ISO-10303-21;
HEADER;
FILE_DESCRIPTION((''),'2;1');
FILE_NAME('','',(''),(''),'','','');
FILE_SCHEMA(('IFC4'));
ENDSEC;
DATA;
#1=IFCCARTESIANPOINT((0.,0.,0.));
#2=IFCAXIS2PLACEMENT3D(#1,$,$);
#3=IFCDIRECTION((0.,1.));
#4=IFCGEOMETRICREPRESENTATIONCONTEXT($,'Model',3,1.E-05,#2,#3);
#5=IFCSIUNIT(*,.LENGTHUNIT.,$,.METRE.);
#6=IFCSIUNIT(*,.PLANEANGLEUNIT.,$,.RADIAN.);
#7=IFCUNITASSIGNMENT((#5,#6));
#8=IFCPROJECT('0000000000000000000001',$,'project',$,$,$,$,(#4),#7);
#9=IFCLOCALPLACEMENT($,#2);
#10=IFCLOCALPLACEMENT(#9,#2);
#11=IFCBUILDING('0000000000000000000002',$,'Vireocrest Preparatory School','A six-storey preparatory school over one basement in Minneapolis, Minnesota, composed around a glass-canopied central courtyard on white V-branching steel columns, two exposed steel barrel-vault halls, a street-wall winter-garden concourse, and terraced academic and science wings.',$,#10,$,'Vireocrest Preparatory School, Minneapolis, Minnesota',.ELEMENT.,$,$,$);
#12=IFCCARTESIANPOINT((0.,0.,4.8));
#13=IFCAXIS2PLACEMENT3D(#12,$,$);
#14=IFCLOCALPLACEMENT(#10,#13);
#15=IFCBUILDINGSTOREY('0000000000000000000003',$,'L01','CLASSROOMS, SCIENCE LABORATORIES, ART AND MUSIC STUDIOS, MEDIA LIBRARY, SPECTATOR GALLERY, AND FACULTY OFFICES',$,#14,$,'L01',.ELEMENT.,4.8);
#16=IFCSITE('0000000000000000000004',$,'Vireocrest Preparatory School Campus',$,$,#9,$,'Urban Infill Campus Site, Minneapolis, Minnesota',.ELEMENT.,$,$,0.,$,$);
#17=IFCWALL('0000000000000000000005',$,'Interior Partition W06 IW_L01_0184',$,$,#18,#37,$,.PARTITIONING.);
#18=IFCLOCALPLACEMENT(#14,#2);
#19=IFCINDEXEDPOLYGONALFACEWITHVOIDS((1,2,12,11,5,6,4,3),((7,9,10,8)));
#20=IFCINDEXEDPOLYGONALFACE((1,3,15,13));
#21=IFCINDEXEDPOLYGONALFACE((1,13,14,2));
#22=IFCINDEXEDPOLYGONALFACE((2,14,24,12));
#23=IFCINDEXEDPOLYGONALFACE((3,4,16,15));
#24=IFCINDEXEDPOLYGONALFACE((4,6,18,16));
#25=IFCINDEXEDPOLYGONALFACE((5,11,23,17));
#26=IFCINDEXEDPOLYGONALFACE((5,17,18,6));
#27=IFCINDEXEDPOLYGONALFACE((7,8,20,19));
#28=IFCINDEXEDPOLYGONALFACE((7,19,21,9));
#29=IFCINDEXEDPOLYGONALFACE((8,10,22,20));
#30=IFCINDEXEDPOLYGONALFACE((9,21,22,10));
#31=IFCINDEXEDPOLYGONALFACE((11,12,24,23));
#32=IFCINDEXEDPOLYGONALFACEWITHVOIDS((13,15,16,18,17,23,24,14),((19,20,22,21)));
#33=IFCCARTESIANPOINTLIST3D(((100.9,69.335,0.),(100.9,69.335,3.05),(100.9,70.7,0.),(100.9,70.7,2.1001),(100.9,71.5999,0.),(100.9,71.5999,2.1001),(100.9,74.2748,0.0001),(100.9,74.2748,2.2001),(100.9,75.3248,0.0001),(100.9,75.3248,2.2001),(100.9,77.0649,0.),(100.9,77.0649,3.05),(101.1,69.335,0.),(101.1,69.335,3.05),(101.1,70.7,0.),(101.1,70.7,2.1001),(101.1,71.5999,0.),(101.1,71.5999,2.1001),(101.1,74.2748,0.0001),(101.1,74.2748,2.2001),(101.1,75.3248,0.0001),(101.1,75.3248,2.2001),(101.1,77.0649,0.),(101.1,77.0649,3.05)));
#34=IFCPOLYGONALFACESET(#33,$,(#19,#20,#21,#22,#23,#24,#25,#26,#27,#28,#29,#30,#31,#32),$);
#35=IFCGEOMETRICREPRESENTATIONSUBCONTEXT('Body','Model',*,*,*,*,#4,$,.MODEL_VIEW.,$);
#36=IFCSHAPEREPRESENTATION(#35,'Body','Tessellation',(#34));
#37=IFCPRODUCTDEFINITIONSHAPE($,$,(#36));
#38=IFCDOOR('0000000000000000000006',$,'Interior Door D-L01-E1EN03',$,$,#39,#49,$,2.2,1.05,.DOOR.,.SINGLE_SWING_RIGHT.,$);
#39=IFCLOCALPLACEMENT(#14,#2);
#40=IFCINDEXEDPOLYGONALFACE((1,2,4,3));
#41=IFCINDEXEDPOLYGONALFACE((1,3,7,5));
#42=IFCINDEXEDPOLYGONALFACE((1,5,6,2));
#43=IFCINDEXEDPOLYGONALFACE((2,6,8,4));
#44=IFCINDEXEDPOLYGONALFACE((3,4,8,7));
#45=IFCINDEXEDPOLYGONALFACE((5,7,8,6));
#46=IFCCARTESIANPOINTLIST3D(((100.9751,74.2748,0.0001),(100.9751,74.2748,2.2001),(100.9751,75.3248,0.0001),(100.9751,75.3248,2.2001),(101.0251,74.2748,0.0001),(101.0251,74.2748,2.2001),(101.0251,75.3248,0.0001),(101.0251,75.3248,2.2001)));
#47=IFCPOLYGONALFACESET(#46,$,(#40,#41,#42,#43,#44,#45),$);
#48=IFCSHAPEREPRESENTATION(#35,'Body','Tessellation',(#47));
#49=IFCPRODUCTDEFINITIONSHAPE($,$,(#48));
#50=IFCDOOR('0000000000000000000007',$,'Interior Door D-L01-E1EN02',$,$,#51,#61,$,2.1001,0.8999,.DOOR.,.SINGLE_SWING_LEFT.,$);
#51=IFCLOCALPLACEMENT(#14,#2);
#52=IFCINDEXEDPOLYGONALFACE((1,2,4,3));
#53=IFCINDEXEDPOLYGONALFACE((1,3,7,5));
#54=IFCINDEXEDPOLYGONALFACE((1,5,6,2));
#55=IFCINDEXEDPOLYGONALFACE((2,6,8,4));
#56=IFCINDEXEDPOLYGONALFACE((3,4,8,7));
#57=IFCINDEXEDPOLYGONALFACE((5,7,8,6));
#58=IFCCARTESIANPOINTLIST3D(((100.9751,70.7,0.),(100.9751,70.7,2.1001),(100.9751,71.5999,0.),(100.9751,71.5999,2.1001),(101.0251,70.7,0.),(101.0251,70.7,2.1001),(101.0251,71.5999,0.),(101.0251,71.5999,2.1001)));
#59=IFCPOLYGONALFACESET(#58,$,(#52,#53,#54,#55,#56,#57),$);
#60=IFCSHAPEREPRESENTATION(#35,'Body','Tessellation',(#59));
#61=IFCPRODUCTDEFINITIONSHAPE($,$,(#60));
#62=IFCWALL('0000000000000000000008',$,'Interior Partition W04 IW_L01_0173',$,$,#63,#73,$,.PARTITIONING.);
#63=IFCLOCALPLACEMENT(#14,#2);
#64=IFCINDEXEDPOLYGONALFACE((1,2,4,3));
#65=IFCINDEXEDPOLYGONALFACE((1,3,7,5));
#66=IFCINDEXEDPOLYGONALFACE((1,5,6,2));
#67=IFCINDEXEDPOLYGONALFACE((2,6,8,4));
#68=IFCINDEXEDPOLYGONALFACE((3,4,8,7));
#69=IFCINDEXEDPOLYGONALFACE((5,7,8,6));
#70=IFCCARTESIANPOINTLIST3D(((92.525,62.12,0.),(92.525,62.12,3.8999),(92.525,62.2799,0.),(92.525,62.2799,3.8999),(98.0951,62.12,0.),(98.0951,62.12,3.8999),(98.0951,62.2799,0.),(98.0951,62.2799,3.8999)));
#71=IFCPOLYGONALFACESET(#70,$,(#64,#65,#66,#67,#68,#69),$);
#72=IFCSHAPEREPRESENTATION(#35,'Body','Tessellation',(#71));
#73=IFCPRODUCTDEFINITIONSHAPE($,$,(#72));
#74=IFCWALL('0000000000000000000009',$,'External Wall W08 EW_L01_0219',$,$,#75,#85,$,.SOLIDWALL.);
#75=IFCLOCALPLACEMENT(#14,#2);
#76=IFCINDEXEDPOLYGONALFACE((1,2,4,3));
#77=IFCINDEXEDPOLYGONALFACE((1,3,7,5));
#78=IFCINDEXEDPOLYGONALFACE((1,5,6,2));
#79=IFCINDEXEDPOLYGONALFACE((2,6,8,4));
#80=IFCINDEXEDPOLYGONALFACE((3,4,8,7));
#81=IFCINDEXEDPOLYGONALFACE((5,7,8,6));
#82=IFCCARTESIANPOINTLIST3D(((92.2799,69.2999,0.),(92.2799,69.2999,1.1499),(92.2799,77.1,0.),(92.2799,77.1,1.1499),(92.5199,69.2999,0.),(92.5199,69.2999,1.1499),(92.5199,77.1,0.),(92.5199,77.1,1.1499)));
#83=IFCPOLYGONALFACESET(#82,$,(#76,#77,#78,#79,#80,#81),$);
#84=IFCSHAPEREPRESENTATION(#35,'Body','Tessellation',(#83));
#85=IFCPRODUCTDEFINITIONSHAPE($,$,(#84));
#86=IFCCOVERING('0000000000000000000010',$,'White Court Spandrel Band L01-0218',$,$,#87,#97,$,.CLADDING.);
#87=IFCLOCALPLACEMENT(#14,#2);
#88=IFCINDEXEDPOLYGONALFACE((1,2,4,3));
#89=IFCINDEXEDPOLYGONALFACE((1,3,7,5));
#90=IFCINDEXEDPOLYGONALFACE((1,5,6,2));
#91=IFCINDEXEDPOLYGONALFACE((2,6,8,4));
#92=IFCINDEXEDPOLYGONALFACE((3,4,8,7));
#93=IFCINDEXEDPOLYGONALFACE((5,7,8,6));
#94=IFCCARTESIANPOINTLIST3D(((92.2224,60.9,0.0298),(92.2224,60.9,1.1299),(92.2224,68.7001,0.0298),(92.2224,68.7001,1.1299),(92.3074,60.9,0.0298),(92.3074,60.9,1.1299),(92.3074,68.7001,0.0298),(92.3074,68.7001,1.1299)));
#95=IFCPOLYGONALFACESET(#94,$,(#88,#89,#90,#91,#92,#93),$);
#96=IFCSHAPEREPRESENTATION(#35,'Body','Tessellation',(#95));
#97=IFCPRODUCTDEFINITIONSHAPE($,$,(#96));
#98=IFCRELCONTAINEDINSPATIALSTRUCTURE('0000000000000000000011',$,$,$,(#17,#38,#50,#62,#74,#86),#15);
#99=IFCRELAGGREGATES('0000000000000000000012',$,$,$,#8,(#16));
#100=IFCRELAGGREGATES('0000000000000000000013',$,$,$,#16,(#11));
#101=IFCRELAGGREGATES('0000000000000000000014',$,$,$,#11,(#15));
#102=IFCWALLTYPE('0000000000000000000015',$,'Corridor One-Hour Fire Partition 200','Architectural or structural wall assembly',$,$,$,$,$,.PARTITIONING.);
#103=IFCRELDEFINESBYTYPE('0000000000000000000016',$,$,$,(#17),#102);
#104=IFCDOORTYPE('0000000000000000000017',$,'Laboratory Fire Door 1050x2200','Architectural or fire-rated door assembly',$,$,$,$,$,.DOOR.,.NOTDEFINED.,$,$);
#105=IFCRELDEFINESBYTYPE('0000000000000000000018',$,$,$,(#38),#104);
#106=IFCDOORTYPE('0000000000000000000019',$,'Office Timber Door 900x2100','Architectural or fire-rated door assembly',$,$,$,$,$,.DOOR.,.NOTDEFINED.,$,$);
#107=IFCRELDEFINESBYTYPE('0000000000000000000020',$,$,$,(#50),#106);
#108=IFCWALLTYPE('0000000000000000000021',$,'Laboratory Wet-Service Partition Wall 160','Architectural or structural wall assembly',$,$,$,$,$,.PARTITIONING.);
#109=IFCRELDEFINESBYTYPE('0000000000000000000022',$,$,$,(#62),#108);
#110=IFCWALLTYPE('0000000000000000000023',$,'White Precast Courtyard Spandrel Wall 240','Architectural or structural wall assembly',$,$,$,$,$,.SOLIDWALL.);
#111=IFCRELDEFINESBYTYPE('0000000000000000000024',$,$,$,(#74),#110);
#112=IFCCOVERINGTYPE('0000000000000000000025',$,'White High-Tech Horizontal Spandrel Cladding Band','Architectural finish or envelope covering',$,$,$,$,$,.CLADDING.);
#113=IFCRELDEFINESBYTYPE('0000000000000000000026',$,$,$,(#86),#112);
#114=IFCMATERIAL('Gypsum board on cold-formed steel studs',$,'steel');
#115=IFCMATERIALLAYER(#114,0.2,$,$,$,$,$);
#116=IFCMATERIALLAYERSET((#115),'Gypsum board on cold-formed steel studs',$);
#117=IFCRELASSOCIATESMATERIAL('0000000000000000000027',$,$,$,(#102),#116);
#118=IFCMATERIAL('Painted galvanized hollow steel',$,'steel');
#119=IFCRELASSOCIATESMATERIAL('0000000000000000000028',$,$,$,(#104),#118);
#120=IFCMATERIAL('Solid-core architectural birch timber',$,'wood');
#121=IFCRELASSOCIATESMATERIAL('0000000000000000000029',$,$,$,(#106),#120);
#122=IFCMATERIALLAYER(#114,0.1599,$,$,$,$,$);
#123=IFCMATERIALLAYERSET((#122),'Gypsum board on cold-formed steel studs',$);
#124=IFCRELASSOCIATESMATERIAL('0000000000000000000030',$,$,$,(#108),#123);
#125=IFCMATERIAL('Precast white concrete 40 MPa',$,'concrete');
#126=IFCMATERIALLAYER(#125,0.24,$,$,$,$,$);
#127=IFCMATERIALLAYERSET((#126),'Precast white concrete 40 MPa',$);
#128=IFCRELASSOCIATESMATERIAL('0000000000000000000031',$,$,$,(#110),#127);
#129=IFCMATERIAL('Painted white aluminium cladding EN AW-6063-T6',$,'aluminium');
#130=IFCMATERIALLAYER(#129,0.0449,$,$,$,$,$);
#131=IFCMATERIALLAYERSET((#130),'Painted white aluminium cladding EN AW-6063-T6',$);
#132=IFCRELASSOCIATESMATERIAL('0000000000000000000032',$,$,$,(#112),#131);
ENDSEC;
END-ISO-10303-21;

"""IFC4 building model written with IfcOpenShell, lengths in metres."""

from ifc_helpers import new_model, si_unit, direction, frame, frame_2d, origin, origin_2d, place, context, subcontext, project, spatial, rectangle, extrude, material, layer, layer_set, type_object, element, fill, save


model = new_model("IFC4")

# Units and contexts
model_context = context("Model", 3, precision=1e-05, world=origin(), true_north=direction((0.0, 1.0)))
body_context = subcontext(model_context, "Body", "Model", "MODEL_VIEW")
ifc_project = project(units=[si_unit("LENGTHUNIT", "METRE"), si_unit("PLANEANGLEUNIT", "RADIAN")], contexts=[model_context])

# Site, building, storey
site_placement = place(None, origin())
site = spatial("IfcSite", under=ifc_project, at=site_placement, Name="Vireocrest Preparatory School Campus", LongName="Urban Infill Campus Site, Minneapolis, Minnesota", CompositionType="ELEMENT", RefElevation=0.0)
building_placement = place(site_placement, origin())
building = spatial("IfcBuilding", under=site, at=building_placement, Name="Vireocrest Preparatory School", Description="A six-storey preparatory school over one basement in Minneapolis, Minnesota, composed around a glass-canopied central courtyard on white V-branching steel columns, two exposed steel barrel-vault halls, a street-wall winter-garden concourse, and terraced academic and science wings.", LongName="Vireocrest Preparatory School, Minneapolis, Minnesota", CompositionType="ELEMENT")
storey_placement = place(building_placement, frame((0.0, 0.0, 4.8)))
storey = spatial("IfcBuildingStorey", under=building, at=storey_placement, Name="L01", Description="CLASSROOMS, SCIENCE LABORATORIES, ART AND MUSIC STUDIOS, MEDIA LIBRARY, SPECTATOR GALLERY, AND FACULTY OFFICES", LongName="L01", CompositionType="ELEMENT", Elevation=4.8)

# Shared definitions
ifc_material_1 = material(Name="Gypsum board on cold-formed steel studs", Category="steel")

# Wall, openings, doors
ifc_layer_1 = layer(ifc_material_1, 0.2)
ifc_layer_set_1 = layer_set([ifc_layer_1], Name="Gypsum board on cold-formed steel studs")
wall_type_1 = type_object("IfcWallType", Name="Corridor One-Hour Fire Partition 200", Description="Architectural or structural wall assembly", PredefinedType="PARTITIONING", material=ifc_layer_set_1)
wall_1_placement = place(storey_placement, frame((101.0, 69.335, 0.0), z_axis=(0.0, 0.0, 1.0), x_axis=(0.0, 1.0, 0.0)))
wall_1 = element("IfcWall", 1, at=wall_1_placement, inside=storey, type_object=wall_type_1, Name="Interior Partition W06 IW_L01_0184", PredefinedType="PARTITIONING", context=body_context, shape_type="SweptSolid", body=[
    extrude(rectangle(XDim=7.73, YDim=0.2, at=frame_2d((3.865, 0.0))), origin(), (0.0, 0.0, 1.0), 3.05),
])
opening_1_placement = place(wall_1_placement, frame((1.365, 0.0, 0.0)))
opening_1 = element("IfcOpeningElement", 2, at=opening_1_placement, cuts=wall_1, PredefinedType="OPENING", context=body_context, shape_type="SweptSolid", body=[
    extrude(rectangle(XDim=0.8999, YDim=2.1001, at=frame_2d((0.45, 1.05))), frame((0.0, 0.1099, 0.0), z_axis=(0.0, -1.0, 0.0), x_axis=(1.0, 0.0, 0.0)), (0.0, 0.0, 1.0), 0.22),
])
opening_2_placement = place(wall_1_placement, frame((4.9399, 0.0, 0.0)))
opening_2 = element("IfcOpeningElement", 3, at=opening_2_placement, cuts=wall_1, PredefinedType="OPENING", context=body_context, shape_type="SweptSolid", body=[
    extrude(rectangle(XDim=1.05, YDim=2.2, at=frame_2d((0.5249, 1.1001))), frame((0.0, 0.1099, 0.0), z_axis=(0.0, -1.0, 0.0), x_axis=(1.0, 0.0, 0.0)), (0.0, 0.0, 1.0), 0.22),
])
ifc_material_2 = material(Name="Painted galvanized hollow steel", Category="steel")
door_type_1 = type_object("IfcDoorType", Name="Laboratory Fire Door 1050x2200", Description="Architectural or fire-rated door assembly", OperationType="NOTDEFINED", PredefinedType="DOOR", material=ifc_material_2)
door_1_placement = place(opening_2_placement, origin())
door_1 = element("IfcDoor", 4, at=door_1_placement, inside=storey, type_object=door_type_1, Name="Interior Door D-L01-E1EN03", OperationType="SINGLE_SWING_RIGHT", OverallHeight=2.2, OverallWidth=1.05, PredefinedType="DOOR", context=body_context, shape_type="SweptSolid", body=[
    extrude(rectangle(XDim=1.05, YDim=2.2, at=frame_2d((0.5249, 1.1001))), frame((0.0, 0.0249, 0.0), z_axis=(0.0, -1.0, 0.0), x_axis=(1.0, 0.0, 0.0)), (0.0, 0.0, 1.0), 0.05),
])
fill(opening_2, door_1)
ifc_material_3 = material(Name="Solid-core architectural birch timber", Category="wood")
door_type_2 = type_object("IfcDoorType", Name="Office Timber Door 900x2100", Description="Architectural or fire-rated door assembly", OperationType="NOTDEFINED", PredefinedType="DOOR", material=ifc_material_3)
door_2_placement = place(opening_1_placement, origin())
door_2 = element("IfcDoor", 5, at=door_2_placement, inside=storey, type_object=door_type_2, Name="Interior Door D-L01-E1EN02", OperationType="SINGLE_SWING_LEFT", OverallHeight=2.1001, OverallWidth=0.8999, PredefinedType="DOOR", context=body_context, shape_type="SweptSolid", body=[
    extrude(rectangle(XDim=0.8999, YDim=2.1001, at=frame_2d((0.45, 1.05))), frame((0.0, 0.0249, 0.0), z_axis=(0.0, -1.0, 0.0), x_axis=(1.0, 0.0, 0.0)), (0.0, 0.0, 1.0), 0.05),
])
fill(opening_1, door_2)

# Walls
ifc_layer_2 = layer(ifc_material_1, 0.1599)
ifc_layer_set_2 = layer_set([ifc_layer_2], Name="Gypsum board on cold-formed steel studs")
wall_type_2 = type_object("IfcWallType", Name="Laboratory Wet-Service Partition Wall 160", Description="Architectural or structural wall assembly", PredefinedType="PARTITIONING", material=ifc_layer_set_2)
wall_2_placement = place(storey_placement, frame((92.5249, 62.2, 0.0), z_axis=(0.0, 0.0, 1.0), x_axis=(1.0, 0.0, 0.0)))
element("IfcWall", 6, at=wall_2_placement, inside=storey, type_object=wall_type_2, Name="Interior Partition W04 IW_L01_0173", PredefinedType="PARTITIONING", context=body_context, shape_type="SweptSolid", body=[
    extrude(rectangle(XDim=5.5701, YDim=0.1599, at=frame_2d((2.7852, 0.0))), origin(), (0.0, 0.0, 1.0), 3.8999),
])
ifc_material_4 = material(Name="Precast white concrete 40 MPa", Category="concrete")
ifc_layer_3 = layer(ifc_material_4, 0.24)
ifc_layer_set_3 = layer_set([ifc_layer_3], Name="Precast white concrete 40 MPa")
wall_type_3 = type_object("IfcWallType", Name="White Precast Courtyard Spandrel Wall 240", Description="Architectural or structural wall assembly", PredefinedType="SOLIDWALL", material=ifc_layer_set_3)
wall_3_placement = place(storey_placement, frame((92.3999, 69.3, 0.0), z_axis=(0.0, 0.0, 1.0), x_axis=(0.0, 1.0, 0.0)))
element("IfcWall", 7, at=wall_3_placement, inside=storey, type_object=wall_type_3, Name="External Wall W08 EW_L01_0219", PredefinedType="SOLIDWALL", context=body_context, shape_type="SweptSolid", body=[
    extrude(rectangle(XDim=7.8, YDim=0.24, at=frame_2d((3.8999, 0.0))), origin(), (0.0, 0.0, 1.0), 1.1499),
])

# Covering
ifc_material_5 = material(Name="Painted white aluminium cladding EN AW-6063-T6", Category="aluminium")
ifc_layer_4 = layer(ifc_material_5, 0.0449)
ifc_layer_set_4 = layer_set([ifc_layer_4], Name="Painted white aluminium cladding EN AW-6063-T6")
covering_type = type_object("IfcCoveringType", Name="White High-Tech Horizontal Spandrel Cladding Band", Description="Architectural finish or envelope covering", PredefinedType="CLADDING", material=ifc_layer_set_4)
covering_placement = place(storey_placement, frame((92.2649, 64.8, 0.0298), z_axis=(0.0, 0.0, 1.0), x_axis=(1.0, 0.0, 0.0)))
element("IfcCovering", 8, at=covering_placement, inside=storey, type_object=covering_type, Name="White Court Spandrel Band L01-0218", PredefinedType="CLADDING", context=body_context, shape_type="SweptSolid", body=[
    extrude(rectangle(XDim=0.085, YDim=7.8, at=origin_2d()), origin(), (0.0, 0.0, 1.0), 1.1001),
])

save(model, "model.ifc")
